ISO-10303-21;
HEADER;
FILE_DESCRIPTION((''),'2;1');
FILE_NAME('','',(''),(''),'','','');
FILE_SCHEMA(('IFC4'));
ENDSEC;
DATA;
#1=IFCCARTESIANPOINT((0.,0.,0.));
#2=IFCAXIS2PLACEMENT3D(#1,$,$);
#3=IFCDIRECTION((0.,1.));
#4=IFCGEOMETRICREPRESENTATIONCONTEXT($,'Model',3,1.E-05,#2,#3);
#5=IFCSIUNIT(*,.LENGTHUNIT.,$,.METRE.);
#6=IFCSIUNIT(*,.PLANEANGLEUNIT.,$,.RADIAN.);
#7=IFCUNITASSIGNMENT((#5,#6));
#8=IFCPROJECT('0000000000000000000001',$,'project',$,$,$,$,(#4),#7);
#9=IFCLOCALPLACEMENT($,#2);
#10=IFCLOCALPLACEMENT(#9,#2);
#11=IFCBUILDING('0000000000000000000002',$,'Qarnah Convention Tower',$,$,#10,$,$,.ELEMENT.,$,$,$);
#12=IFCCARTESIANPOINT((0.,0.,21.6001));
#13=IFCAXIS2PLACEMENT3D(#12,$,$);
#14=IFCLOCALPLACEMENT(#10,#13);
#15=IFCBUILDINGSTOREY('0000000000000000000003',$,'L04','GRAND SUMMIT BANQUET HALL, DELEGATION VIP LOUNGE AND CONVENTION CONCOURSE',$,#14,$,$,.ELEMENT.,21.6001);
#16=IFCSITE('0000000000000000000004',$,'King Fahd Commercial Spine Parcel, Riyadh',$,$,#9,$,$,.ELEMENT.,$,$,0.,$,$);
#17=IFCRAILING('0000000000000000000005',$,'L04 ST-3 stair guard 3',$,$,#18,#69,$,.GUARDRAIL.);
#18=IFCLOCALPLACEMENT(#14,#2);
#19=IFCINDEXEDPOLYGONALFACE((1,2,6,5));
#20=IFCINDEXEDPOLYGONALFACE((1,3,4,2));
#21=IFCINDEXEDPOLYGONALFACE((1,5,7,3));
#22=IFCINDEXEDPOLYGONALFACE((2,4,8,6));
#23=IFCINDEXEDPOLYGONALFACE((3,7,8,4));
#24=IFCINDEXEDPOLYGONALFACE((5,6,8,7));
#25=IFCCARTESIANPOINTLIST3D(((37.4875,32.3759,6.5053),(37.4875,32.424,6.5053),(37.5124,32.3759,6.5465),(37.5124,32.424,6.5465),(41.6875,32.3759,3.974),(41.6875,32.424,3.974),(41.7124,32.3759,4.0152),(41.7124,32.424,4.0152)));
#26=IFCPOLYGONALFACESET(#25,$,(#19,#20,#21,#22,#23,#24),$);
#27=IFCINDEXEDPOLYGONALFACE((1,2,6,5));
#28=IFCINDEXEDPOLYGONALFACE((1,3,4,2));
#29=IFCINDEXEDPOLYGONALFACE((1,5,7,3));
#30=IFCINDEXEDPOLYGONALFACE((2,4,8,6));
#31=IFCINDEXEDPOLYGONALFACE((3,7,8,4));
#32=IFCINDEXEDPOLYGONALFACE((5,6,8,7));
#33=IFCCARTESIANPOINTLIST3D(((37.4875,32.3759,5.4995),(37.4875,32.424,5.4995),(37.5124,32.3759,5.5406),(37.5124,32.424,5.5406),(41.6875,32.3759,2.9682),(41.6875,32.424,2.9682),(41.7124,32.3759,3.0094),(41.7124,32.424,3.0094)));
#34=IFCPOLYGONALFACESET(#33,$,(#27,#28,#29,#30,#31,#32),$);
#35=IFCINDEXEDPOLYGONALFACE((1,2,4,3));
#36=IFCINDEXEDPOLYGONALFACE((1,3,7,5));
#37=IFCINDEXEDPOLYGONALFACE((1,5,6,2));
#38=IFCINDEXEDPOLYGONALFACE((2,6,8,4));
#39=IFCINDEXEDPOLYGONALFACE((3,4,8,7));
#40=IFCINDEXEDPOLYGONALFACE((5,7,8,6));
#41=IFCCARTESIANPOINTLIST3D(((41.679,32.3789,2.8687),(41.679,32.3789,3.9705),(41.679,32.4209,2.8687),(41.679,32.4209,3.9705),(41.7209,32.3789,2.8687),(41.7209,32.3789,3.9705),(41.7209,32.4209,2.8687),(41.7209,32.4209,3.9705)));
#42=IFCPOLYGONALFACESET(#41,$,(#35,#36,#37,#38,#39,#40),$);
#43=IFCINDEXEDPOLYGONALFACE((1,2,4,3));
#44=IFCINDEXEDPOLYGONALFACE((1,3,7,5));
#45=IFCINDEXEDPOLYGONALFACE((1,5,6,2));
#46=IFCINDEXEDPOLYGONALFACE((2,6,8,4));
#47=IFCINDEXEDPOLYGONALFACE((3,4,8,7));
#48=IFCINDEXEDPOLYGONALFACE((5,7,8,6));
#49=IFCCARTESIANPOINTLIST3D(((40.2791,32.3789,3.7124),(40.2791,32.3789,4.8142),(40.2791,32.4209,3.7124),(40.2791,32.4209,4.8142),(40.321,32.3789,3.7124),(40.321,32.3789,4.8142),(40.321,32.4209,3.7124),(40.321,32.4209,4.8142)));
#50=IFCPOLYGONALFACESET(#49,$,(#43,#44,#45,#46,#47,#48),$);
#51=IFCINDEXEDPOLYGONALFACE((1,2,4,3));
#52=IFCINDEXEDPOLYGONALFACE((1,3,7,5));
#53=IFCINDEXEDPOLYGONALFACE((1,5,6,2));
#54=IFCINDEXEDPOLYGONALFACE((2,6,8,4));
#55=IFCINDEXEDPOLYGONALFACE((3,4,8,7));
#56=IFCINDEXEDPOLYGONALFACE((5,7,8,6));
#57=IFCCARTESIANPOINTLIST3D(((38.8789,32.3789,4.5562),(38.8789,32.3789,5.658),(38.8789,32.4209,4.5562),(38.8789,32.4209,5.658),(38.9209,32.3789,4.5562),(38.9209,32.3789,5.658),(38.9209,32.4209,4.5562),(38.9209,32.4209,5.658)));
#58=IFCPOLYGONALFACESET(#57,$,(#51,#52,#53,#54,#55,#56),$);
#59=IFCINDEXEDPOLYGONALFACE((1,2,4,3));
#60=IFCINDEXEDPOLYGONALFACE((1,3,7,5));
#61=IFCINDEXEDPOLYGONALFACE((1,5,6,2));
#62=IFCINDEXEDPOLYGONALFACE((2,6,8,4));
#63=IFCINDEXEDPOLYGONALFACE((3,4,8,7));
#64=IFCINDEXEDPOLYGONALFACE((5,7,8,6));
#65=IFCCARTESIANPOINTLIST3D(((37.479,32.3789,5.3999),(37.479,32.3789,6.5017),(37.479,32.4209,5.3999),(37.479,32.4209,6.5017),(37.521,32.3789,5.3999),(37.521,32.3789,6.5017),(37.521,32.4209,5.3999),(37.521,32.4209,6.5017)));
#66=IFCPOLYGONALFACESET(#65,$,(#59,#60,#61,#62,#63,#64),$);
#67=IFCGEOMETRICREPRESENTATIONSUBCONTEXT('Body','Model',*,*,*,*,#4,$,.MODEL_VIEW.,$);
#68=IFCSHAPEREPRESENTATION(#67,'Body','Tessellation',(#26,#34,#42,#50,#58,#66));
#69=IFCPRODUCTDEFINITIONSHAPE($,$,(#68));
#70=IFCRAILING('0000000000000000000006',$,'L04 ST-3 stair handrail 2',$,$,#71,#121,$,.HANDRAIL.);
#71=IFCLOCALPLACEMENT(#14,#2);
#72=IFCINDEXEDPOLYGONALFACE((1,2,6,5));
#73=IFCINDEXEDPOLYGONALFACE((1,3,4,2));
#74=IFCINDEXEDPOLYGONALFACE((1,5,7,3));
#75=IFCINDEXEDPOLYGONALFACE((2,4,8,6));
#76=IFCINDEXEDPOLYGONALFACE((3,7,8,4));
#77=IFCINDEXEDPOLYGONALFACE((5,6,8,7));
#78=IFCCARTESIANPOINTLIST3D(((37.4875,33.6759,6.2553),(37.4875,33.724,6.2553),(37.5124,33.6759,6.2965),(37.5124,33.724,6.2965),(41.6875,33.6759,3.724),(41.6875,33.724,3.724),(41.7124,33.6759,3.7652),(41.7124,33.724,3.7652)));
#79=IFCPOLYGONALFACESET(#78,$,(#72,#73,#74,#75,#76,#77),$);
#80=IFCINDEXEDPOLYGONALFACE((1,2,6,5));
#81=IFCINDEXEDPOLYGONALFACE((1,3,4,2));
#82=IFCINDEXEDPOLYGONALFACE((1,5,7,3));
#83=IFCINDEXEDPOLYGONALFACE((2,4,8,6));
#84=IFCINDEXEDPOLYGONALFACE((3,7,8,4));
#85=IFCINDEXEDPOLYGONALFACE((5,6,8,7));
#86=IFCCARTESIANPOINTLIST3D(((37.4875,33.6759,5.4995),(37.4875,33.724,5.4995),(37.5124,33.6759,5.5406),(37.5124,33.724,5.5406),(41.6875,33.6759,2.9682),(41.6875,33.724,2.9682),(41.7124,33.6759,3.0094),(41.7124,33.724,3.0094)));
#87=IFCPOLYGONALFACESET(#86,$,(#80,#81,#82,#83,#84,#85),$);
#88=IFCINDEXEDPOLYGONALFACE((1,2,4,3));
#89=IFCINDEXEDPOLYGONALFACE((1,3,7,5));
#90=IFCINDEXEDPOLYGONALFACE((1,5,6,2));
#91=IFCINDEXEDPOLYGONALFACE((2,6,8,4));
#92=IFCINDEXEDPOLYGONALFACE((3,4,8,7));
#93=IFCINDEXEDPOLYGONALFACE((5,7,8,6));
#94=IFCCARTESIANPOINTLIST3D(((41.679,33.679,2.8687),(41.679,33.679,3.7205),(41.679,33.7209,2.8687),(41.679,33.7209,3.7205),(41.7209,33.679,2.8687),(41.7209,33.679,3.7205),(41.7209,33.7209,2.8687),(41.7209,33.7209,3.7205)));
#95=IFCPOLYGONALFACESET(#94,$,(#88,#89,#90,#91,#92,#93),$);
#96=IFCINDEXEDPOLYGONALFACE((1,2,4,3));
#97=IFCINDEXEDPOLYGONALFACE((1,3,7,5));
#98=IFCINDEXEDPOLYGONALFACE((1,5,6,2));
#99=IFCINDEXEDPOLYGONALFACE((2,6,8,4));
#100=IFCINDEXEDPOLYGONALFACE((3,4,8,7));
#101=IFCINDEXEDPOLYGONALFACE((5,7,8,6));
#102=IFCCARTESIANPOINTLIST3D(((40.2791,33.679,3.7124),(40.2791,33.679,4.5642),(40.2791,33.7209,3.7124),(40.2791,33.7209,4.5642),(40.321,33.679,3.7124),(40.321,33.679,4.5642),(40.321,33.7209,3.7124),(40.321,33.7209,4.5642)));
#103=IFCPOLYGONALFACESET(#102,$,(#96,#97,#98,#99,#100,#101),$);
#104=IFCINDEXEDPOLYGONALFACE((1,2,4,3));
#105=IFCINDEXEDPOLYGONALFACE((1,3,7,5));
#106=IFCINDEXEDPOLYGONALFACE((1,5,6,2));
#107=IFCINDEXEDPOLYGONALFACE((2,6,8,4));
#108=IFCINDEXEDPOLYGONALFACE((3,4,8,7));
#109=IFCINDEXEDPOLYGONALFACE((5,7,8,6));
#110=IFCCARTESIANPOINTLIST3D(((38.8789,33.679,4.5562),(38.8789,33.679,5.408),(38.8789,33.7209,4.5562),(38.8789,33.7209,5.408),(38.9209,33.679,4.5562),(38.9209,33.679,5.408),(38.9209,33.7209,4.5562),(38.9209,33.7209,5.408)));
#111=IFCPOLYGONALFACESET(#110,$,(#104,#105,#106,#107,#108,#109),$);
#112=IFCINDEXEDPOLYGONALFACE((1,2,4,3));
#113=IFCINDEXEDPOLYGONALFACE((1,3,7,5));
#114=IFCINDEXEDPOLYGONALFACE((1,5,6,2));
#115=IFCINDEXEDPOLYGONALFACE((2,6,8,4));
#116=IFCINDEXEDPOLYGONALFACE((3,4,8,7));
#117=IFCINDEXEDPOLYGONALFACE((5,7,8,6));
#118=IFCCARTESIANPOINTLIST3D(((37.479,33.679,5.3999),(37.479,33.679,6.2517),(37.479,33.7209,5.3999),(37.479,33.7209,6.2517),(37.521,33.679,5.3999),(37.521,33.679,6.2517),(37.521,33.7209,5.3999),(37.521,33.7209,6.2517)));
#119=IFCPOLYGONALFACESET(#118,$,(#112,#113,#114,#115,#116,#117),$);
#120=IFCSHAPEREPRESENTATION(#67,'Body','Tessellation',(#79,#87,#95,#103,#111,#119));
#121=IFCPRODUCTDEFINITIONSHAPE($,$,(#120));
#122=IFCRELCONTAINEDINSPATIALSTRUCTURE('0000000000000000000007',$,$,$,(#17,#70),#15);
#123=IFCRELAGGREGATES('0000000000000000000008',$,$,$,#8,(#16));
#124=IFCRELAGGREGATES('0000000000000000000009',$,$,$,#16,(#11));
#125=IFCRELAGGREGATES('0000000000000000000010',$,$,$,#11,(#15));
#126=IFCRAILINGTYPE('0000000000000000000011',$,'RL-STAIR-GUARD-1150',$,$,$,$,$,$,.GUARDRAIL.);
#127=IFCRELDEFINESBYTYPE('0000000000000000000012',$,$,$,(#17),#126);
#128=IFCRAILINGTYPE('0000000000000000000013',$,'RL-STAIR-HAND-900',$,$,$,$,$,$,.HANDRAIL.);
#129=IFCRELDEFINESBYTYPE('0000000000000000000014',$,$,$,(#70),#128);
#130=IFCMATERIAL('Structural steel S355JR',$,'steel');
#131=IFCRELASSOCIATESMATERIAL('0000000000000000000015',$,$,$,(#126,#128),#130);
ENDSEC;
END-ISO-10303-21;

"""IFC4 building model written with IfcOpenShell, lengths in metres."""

from ifc_helpers import new_model, si_unit, direction, frame, origin, origin_2d, place, context, subcontext, project, spatial, rectangle, extrude, material, type_object, element, save


model = new_model("IFC4")

# Units and contexts
model_context = context("Model", 3, precision=1e-05, world=origin(), true_north=direction((0.0, 1.0)))
body_context = subcontext(model_context, "Body", "Model", "MODEL_VIEW")
ifc_project = project(units=[si_unit("LENGTHUNIT", "METRE"), si_unit("PLANEANGLEUNIT", "RADIAN")], contexts=[model_context])

# Site, building, storey
site_placement = place(None, origin())
site = spatial("IfcSite", under=ifc_project, at=site_placement, Name="King Fahd Commercial Spine Parcel, Riyadh", CompositionType="ELEMENT", RefElevation=0.0)
building_placement = place(site_placement, origin())
building = spatial("IfcBuilding", under=site, at=building_placement, Name="Qarnah Convention Tower", CompositionType="ELEMENT")
storey_placement = place(building_placement, frame((0.0, 0.0, 21.6001)))
storey = spatial("IfcBuildingStorey", under=building, at=storey_placement, Name="L04", Description="GRAND SUMMIT BANQUET HALL, DELEGATION VIP LOUNGE AND CONVENTION CONCOURSE", CompositionType="ELEMENT", Elevation=21.6001)

# Shared definitions
ifc_material_1 = material(Name="Structural steel S355JR", Category="steel")

# Railings
railing_type_1 = type_object("IfcRailingType", Name="RL-STAIR-GUARD-1150", PredefinedType="GUARDRAIL", material=ifc_material_1)
railing_1_placement = place(storey_placement, frame((41.7, 32.3999, 2.8687)))
element("IfcRailing", 1, at=railing_1_placement, inside=storey, type_object=railing_type_1, Name="L04 ST-3 stair guard 3", PredefinedType="GUARDRAIL", context=body_context, shape_type="SweptSolid", body=[
    extrude(rectangle(XDim=0.0481, YDim=0.0481, at=origin_2d()), frame((0.0, 0.0, 1.126), z_axis=(-0.856476, 0.0, 0.516186), x_axis=(0.0, -1.0, 0.0)), (0.0, 0.0, 1.0), 4.9038),
    extrude(rectangle(XDim=0.0481, YDim=0.0481, at=origin_2d()), frame((0.0, 0.0, 0.1201), z_axis=(-0.856476, 0.0, 0.516186), x_axis=(0.0, -1.0, 0.0)), (0.0, 0.0, 1.0), 4.9038),
    extrude(rectangle(XDim=0.042, YDim=0.042, at=origin_2d()), origin(), (0.0, 0.0, 1.0), 1.1018),
    extrude(rectangle(XDim=0.042, YDim=0.042, at=origin_2d()), frame((-1.3999, 0.0, 0.8438)), (0.0, 0.0, 1.0), 1.1018),
    extrude(rectangle(XDim=0.042, YDim=0.042, at=origin_2d()), frame((-2.8, 0.0, 1.6875)), (0.0, 0.0, 1.0), 1.1018),
    extrude(rectangle(XDim=0.042, YDim=0.042, at=origin_2d()), frame((-4.2, 0.0, 2.5312)), (0.0, 0.0, 1.0), 1.1018),
])
railing_type_2 = type_object("IfcRailingType", Name="RL-STAIR-HAND-900", PredefinedType="HANDRAIL", material=ifc_material_1)
railing_2_placement = place(storey_placement, frame((41.7, 33.7, 2.8687)))
element("IfcRailing", 2, at=railing_2_placement, inside=storey, type_object=railing_type_2, Name="L04 ST-3 stair handrail 2", PredefinedType="HANDRAIL", context=body_context, shape_type="SweptSolid", body=[
    extrude(rectangle(XDim=0.0481, YDim=0.0481, at=origin_2d()), frame((0.0, 0.0, 0.876), z_axis=(-0.856476, 0.0, 0.516186), x_axis=(0.0, -1.0, 0.0)), (0.0, 0.0, 1.0), 4.9038),
    extrude(rectangle(XDim=0.0481, YDim=0.0481, at=origin_2d()), frame((0.0, 0.0, 0.1201), z_axis=(-0.856476, 0.0, 0.516186), x_axis=(0.0, -1.0, 0.0)), (0.0, 0.0, 1.0), 4.9038),
    extrude(rectangle(XDim=0.042, YDim=0.042, at=origin_2d()), origin(), (0.0, 0.0, 1.0), 0.8518),
    extrude(rectangle(XDim=0.042, YDim=0.042, at=origin_2d()), frame((-1.3999, 0.0, 0.8438)), (0.0, 0.0, 1.0), 0.8518),
    extrude(rectangle(XDim=0.042, YDim=0.042, at=origin_2d()), frame((-2.8, 0.0, 1.6875)), (0.0, 0.0, 1.0), 0.8518),
    extrude(rectangle(XDim=0.042, YDim=0.042, at=origin_2d()), frame((-4.2, 0.0, 2.5312)), (0.0, 0.0, 1.0), 0.8518),
])

save(model, "model.ifc")
